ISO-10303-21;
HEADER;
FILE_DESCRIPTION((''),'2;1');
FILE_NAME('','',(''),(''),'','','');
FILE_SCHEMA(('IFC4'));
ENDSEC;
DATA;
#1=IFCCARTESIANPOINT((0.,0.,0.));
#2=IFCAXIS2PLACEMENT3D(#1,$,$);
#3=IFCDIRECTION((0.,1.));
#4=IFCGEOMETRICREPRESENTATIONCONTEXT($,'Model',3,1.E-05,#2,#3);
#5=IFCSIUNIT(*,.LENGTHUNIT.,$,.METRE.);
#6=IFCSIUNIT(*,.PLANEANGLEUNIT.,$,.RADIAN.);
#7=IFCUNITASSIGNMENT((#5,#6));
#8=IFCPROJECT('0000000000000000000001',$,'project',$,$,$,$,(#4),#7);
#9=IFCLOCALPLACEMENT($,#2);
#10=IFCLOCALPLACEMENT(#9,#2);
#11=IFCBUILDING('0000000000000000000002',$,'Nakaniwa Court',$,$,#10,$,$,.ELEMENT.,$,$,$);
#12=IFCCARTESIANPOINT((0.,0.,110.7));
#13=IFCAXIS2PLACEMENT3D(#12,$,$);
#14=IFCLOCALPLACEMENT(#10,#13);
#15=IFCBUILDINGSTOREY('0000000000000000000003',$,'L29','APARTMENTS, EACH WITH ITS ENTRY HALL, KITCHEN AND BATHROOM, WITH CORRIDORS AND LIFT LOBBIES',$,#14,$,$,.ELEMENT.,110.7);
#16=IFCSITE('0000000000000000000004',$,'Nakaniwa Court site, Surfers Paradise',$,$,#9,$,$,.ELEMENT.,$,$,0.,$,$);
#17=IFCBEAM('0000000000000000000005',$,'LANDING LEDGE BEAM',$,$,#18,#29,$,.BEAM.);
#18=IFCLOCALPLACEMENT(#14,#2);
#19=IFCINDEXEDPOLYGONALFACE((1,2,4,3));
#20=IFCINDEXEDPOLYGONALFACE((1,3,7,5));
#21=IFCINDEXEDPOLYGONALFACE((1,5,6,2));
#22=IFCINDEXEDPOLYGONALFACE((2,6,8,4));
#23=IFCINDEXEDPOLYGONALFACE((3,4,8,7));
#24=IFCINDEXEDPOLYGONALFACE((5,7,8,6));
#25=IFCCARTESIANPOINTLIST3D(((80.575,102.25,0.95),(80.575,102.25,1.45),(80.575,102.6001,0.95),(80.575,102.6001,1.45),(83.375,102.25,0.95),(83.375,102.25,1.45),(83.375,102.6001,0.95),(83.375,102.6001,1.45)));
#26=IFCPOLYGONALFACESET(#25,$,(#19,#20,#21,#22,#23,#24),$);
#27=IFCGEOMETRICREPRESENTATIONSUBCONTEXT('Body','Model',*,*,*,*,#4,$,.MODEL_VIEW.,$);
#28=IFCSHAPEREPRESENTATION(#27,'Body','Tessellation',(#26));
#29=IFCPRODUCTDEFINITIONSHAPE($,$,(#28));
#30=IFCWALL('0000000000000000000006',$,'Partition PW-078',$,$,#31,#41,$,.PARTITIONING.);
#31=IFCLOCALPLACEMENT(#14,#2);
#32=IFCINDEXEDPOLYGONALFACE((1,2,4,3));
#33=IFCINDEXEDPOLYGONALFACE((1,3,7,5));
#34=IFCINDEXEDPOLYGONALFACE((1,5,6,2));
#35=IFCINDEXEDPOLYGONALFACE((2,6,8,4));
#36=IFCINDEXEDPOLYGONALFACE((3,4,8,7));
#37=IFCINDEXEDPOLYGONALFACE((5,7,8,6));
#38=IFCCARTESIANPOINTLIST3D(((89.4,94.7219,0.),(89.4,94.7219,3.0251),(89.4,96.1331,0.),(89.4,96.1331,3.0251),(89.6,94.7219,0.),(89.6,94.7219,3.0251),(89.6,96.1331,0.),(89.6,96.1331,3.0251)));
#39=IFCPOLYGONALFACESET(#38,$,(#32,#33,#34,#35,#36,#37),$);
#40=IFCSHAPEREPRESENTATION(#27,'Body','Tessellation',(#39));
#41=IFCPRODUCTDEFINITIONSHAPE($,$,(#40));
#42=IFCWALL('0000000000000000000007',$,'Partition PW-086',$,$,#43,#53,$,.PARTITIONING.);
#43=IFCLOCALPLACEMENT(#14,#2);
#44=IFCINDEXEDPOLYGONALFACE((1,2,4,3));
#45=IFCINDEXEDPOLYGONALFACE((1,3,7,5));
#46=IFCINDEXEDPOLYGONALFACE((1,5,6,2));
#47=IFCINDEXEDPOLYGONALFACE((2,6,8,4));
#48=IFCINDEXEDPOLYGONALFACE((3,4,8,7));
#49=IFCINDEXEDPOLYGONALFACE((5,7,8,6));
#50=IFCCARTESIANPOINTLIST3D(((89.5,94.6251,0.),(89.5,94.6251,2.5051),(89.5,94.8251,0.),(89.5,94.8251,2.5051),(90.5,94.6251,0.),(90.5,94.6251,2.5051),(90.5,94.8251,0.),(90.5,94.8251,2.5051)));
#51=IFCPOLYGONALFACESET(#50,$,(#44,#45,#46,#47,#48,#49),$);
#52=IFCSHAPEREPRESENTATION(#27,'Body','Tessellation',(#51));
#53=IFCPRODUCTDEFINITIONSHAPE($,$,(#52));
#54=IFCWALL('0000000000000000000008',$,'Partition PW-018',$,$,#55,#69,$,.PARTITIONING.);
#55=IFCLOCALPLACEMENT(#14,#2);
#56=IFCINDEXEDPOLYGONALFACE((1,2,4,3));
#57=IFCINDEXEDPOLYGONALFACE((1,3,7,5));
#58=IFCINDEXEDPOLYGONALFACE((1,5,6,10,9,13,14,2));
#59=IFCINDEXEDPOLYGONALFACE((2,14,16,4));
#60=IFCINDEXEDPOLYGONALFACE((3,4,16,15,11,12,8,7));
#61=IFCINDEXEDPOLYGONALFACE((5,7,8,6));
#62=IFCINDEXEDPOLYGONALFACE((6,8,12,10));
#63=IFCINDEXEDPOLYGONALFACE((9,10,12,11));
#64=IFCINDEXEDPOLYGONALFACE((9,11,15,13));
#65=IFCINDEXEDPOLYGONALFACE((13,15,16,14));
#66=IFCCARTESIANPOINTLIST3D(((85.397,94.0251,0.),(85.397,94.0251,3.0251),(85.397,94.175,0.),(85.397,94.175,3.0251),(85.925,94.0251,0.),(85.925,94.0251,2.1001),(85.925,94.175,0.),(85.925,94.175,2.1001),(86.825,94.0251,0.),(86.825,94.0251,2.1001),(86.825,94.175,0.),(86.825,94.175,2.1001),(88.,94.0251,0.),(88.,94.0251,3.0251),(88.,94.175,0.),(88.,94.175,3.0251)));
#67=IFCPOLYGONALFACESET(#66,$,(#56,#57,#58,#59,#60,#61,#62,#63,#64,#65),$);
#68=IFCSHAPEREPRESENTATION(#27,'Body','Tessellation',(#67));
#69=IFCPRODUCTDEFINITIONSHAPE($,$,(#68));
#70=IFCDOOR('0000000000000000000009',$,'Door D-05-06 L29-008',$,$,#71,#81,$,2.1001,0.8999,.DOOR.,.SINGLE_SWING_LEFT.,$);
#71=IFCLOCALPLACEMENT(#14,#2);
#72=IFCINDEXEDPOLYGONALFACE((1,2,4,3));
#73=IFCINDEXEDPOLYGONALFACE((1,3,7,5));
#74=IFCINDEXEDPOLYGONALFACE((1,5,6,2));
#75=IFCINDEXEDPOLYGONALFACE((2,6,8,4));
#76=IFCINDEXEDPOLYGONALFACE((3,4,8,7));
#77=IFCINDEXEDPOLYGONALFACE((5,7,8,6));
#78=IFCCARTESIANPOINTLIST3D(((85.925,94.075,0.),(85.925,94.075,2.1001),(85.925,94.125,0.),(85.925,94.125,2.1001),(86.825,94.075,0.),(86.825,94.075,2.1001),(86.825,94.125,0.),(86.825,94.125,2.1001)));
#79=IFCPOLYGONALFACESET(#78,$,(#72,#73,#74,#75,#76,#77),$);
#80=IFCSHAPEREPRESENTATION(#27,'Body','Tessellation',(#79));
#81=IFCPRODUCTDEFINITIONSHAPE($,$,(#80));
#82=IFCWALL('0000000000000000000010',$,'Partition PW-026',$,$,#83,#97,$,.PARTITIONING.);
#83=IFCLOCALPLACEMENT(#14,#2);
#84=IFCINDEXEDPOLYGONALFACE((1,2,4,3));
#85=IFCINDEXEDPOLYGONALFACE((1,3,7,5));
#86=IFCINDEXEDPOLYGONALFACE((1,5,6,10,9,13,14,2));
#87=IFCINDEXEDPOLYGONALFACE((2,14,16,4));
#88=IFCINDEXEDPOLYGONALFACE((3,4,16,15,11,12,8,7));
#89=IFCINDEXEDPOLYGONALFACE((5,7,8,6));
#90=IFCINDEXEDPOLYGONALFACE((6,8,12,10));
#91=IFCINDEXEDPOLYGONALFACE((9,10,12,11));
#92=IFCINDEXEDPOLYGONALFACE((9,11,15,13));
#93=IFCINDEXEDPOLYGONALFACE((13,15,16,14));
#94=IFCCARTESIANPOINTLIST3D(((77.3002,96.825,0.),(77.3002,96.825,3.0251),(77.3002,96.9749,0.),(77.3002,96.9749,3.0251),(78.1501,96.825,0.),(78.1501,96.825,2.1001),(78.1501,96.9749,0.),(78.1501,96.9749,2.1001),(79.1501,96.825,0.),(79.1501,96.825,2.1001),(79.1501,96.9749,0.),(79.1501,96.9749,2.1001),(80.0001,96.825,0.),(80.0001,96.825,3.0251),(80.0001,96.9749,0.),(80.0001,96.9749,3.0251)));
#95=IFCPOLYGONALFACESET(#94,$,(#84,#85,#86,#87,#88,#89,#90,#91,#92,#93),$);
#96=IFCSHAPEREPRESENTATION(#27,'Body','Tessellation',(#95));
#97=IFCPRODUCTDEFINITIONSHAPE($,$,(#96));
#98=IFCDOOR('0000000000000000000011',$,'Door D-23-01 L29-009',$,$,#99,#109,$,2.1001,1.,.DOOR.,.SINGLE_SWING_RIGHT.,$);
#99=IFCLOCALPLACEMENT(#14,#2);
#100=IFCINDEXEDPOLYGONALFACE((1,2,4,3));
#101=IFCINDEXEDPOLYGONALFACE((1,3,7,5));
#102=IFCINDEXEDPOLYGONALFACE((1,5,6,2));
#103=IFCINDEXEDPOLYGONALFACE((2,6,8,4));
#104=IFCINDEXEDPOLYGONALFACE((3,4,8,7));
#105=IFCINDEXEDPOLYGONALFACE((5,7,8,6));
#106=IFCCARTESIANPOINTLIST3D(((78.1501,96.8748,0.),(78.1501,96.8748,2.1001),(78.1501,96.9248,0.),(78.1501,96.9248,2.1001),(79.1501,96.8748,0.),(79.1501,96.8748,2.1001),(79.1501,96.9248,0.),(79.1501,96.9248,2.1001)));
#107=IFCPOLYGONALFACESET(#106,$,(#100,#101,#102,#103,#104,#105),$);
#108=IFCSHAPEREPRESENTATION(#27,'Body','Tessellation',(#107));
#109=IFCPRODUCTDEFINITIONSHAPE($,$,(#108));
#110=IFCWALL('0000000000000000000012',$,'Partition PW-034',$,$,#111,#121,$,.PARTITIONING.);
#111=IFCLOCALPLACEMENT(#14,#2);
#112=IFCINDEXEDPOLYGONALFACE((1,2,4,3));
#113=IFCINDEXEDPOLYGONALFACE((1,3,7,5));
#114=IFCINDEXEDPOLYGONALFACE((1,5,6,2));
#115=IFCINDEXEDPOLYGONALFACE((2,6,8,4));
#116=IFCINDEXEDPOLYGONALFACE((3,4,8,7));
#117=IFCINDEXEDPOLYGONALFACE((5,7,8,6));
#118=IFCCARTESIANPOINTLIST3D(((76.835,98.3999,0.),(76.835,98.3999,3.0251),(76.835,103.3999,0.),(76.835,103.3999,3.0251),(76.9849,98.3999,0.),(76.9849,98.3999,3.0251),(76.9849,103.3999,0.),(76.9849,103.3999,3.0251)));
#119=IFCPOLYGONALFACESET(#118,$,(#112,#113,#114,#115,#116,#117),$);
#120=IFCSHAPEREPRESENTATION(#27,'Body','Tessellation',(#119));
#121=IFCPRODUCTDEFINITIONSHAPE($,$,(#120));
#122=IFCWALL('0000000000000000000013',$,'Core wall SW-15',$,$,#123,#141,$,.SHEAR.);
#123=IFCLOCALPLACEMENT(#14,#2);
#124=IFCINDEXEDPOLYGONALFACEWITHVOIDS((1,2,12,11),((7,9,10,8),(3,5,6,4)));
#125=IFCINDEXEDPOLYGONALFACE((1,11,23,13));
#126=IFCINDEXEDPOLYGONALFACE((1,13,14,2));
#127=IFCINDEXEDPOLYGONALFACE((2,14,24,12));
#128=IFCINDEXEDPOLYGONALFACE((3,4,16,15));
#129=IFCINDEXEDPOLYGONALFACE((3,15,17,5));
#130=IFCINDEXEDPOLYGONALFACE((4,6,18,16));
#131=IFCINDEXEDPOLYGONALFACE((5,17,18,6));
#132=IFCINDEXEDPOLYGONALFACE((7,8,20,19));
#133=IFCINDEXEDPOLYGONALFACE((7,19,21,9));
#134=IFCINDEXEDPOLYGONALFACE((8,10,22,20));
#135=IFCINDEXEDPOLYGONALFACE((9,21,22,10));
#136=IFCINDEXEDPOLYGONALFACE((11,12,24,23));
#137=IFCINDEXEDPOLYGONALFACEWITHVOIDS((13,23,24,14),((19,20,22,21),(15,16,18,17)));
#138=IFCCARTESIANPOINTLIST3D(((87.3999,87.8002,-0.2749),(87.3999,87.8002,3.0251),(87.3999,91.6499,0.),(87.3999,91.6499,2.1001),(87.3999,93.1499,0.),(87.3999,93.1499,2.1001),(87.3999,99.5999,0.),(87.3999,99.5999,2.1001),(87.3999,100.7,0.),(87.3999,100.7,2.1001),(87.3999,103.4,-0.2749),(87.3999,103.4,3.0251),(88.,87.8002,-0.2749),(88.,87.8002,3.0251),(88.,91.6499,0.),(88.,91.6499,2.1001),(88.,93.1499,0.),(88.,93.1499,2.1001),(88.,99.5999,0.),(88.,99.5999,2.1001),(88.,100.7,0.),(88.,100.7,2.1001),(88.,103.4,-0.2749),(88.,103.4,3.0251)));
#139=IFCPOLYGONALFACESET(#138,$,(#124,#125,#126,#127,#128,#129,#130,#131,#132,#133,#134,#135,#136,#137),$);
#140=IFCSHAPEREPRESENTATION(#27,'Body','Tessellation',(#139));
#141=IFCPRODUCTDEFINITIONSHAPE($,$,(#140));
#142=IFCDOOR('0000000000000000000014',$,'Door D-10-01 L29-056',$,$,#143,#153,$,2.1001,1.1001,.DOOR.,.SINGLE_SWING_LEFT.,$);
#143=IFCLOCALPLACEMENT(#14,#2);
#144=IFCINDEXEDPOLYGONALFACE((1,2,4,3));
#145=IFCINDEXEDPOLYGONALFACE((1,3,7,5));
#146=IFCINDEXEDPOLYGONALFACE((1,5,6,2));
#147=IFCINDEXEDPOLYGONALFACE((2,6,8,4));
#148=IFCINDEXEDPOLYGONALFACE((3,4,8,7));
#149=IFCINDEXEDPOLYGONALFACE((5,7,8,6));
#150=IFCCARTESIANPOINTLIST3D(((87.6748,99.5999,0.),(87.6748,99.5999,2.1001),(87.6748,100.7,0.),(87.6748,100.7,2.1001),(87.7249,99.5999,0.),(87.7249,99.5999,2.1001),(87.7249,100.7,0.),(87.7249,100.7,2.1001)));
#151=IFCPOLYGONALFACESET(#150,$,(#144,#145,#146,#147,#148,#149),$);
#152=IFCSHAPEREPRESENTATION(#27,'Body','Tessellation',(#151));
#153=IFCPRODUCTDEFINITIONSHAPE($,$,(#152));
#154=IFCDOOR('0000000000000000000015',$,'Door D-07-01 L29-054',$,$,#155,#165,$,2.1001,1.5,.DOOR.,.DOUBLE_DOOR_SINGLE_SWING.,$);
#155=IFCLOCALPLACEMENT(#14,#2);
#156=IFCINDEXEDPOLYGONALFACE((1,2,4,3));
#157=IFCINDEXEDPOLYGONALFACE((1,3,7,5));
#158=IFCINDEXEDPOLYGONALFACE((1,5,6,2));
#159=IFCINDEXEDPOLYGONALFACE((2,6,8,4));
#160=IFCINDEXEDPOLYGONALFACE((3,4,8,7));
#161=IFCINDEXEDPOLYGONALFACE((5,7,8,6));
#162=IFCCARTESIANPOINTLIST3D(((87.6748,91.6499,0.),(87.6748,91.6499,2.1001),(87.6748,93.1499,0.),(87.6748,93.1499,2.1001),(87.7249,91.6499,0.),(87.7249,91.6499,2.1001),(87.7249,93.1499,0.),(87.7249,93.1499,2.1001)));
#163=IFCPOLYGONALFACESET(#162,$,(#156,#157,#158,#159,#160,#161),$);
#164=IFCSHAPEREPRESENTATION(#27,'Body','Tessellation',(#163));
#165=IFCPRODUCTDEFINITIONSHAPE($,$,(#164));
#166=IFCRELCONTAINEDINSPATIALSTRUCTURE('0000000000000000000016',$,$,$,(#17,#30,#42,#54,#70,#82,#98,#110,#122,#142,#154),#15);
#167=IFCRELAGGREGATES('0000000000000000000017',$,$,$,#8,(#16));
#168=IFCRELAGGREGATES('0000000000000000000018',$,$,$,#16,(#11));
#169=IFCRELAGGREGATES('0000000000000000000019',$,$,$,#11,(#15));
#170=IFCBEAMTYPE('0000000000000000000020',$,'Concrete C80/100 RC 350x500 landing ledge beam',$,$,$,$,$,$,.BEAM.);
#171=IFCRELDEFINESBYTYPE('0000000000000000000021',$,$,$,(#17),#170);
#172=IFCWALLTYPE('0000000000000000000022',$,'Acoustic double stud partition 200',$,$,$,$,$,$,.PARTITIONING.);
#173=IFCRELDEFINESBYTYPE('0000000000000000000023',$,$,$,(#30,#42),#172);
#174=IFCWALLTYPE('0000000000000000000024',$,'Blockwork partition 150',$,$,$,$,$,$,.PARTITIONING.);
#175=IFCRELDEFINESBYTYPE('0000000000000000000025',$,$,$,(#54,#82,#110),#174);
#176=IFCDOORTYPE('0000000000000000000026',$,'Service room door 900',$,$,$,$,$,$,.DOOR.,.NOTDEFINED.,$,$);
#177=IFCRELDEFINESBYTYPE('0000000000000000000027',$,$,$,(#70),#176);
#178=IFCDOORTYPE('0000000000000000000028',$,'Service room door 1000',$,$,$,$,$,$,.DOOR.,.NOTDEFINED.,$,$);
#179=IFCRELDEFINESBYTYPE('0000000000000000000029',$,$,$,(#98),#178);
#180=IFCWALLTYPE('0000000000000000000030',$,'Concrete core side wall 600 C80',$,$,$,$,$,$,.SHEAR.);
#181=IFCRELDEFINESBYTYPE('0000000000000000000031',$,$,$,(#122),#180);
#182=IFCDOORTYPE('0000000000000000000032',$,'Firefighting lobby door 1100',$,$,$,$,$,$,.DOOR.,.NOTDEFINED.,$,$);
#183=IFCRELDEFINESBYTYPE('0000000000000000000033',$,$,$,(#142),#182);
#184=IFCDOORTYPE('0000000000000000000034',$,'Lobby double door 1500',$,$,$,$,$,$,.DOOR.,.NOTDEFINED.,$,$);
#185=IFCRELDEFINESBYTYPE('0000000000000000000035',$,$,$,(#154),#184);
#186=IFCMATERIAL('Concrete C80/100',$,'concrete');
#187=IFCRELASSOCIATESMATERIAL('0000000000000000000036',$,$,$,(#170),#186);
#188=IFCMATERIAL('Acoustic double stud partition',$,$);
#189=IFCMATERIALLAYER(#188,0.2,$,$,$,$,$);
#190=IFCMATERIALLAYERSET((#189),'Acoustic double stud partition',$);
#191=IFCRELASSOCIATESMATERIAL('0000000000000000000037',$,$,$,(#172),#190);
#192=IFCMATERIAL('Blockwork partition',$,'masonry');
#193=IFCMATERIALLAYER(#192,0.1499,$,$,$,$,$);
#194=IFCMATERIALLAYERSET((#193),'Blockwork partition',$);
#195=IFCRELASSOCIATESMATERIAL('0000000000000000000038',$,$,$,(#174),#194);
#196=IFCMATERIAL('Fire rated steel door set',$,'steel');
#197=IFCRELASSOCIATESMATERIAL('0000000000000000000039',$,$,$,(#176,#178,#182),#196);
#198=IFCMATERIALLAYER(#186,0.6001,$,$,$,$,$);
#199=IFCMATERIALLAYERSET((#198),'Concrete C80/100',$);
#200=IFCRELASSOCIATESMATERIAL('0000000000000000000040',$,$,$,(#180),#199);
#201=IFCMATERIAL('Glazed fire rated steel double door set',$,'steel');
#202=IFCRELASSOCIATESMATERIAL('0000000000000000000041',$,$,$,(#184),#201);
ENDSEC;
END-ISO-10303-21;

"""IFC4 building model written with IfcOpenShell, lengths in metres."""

from ifc_helpers import new_model, si_unit, direction, frame, frame_2d, origin, origin_2d, place, context, subcontext, project, spatial, rectangle, extrude, material, layer, layer_set, material_profile, profile_set, type_object, element, fill, save


model = new_model("IFC4")

# Units and contexts
model_context = context("Model", 3, precision=1e-05, world=origin(), true_north=direction((0.0, 1.0)))
body_context = subcontext(model_context, "Body", "Model", "MODEL_VIEW")
ifc_project = project(units=[si_unit("LENGTHUNIT", "METRE"), si_unit("PLANEANGLEUNIT", "RADIAN")], contexts=[model_context])

# Site, building, storey
site_placement = place(None, origin())
site = spatial("IfcSite", under=ifc_project, at=site_placement, Name="Nakaniwa Court site, Surfers Paradise", CompositionType="ELEMENT", RefElevation=0.0)
building_placement = place(site_placement, origin())
building = spatial("IfcBuilding", under=site, at=building_placement, Name="Nakaniwa Court", CompositionType="ELEMENT")
storey_placement = place(building_placement, frame((0.0, 0.0, 110.7)))
storey = spatial("IfcBuildingStorey", under=building, at=storey_placement, Name="L29", Description="APARTMENTS, EACH WITH ITS ENTRY HALL, KITCHEN AND BATHROOM, WITH CORRIDORS AND LIFT LOBBIES", CompositionType="ELEMENT", Elevation=110.7)

# Beam
ifc_material_1 = material(Name="Concrete C80/100", Category="concrete")
ifc_material_profile = material_profile(ifc_material_1, rectangle(XDim=0.3501, YDim=0.5, at=origin_2d()), Name="Concrete C80/100 RC 350x500 landing ledge beam")
ifc_profile_set = profile_set([ifc_material_profile], Name="Concrete C80/100")
beam_type = type_object("IfcBeamType", Name="Concrete C80/100 RC 350x500 landing ledge beam", PredefinedType="BEAM", material=ifc_profile_set)
beam_placement = place(storey_placement, frame((80.575, 102.425, 1.2), z_axis=(1.0, 0.0, 0.0), x_axis=(0.0, 1.0, 0.0)))
element("IfcBeam", 1, at=beam_placement, inside=storey, type_object=beam_type, Name="LANDING LEDGE BEAM", PredefinedType="BEAM", context=body_context, shape_type="SweptSolid", body=[
    extrude(rectangle(XDim=0.3501, YDim=0.5, at=origin_2d()), origin(), (0.0, 0.0, 1.0), 2.8),
])

# Walls
ifc_material_2 = material(Name="Acoustic double stud partition")
ifc_layer_1 = layer(ifc_material_2, 0.2)
ifc_layer_set_1 = layer_set([ifc_layer_1], Name="Acoustic double stud partition")
wall_type_1 = type_object("IfcWallType", Name="Acoustic double stud partition 200", PredefinedType="PARTITIONING", material=ifc_layer_set_1)
wall_1_placement = place(storey_placement, frame((89.5, 94.7219, 0.0), z_axis=(0.0, 0.0, 1.0), x_axis=(0.0, 1.0, 0.0)))
element("IfcWall", 2, at=wall_1_placement, inside=storey, type_object=wall_type_1, Name="Partition PW-078", PredefinedType="PARTITIONING", context=body_context, shape_type="SweptSolid", body=[
    extrude(rectangle(XDim=1.4111, YDim=0.2, at=frame_2d((0.7056, 0.0))), origin(), (0.0, 0.0, 1.0), 3.0251),
])
wall_2_placement = place(storey_placement, frame((89.5, 94.7251, 0.0), z_axis=(0.0, 0.0, 1.0), x_axis=(1.0, 0.0, 0.0)))
element("IfcWall", 3, at=wall_2_placement, inside=storey, type_object=wall_type_1, Name="Partition PW-086", PredefinedType="PARTITIONING", context=body_context, shape_type="SweptSolid", body=[
    extrude(rectangle(XDim=1.0, YDim=0.2, at=frame_2d((0.5, 0.0))), origin(), (0.0, 0.0, 1.0), 2.5051),
])

# Walls, openings, doors
ifc_material_3 = material(Name="Blockwork partition", Category="masonry")
ifc_layer_2 = layer(ifc_material_3, 0.1499)
ifc_layer_set_2 = layer_set([ifc_layer_2], Name="Blockwork partition")
wall_type_2 = type_object("IfcWallType", Name="Blockwork partition 150", PredefinedType="PARTITIONING", material=ifc_layer_set_2)
wall_3_placement = place(storey_placement, frame((85.397, 94.1001, 0.0), z_axis=(0.0, 0.0, 1.0), x_axis=(1.0, 0.0, 0.0)))
wall_3 = element("IfcWall", 4, at=wall_3_placement, inside=storey, type_object=wall_type_2, Name="Partition PW-018", PredefinedType="PARTITIONING", context=body_context, shape_type="SweptSolid", body=[
    extrude(rectangle(XDim=2.603, YDim=0.1499, at=frame_2d((1.3015, 0.0))), origin(), (0.0, 0.0, 1.0), 3.0251),
])
opening_1_placement = place(wall_3_placement, frame((0.5281, 0.0, 0.0)))
opening_1 = element("IfcOpeningElement", 5, at=opening_1_placement, cuts=wall_3, PredefinedType="OPENING", context=body_context, shape_type="SweptSolid", body=[
    extrude(rectangle(XDim=0.8999, YDim=2.1001, at=frame_2d((0.45, 1.05))), frame((0.0, 0.085, 0.0), z_axis=(0.0, -1.0, 0.0), x_axis=(1.0, 0.0, 0.0)), (0.0, 0.0, 1.0), 0.1699),
])
ifc_material_4 = material(Name="Fire rated steel door set", Category="steel")
door_type_1 = type_object("IfcDoorType", Name="Service room door 900", OperationType="NOTDEFINED", PredefinedType="DOOR", material=ifc_material_4)
door_1_placement = place(opening_1_placement, origin())
door_1 = element("IfcDoor", 6, at=door_1_placement, inside=storey, type_object=door_type_1, Name="Door D-05-06 L29-008", OperationType="SINGLE_SWING_LEFT", OverallHeight=2.1001, OverallWidth=0.8999, PredefinedType="DOOR", context=body_context, shape_type="SweptSolid", body=[
    extrude(rectangle(XDim=0.8999, YDim=2.1001, at=frame_2d((0.45, 1.05))), frame((0.0, 0.0249, 0.0), z_axis=(0.0, -1.0, 0.0), x_axis=(1.0, 0.0, 0.0)), (0.0, 0.0, 1.0), 0.05),
])
fill(opening_1, door_1)
wall_4_placement = place(storey_placement, frame((77.3, 96.8999, 0.0), z_axis=(0.0, 0.0, 1.0), x_axis=(1.0, 0.0, 0.0)))
wall_4 = element("IfcWall", 7, at=wall_4_placement, inside=storey, type_object=wall_type_2, Name="Partition PW-026", PredefinedType="PARTITIONING", context=body_context, shape_type="SweptSolid", body=[
    extrude(rectangle(XDim=2.7, YDim=0.1499, at=frame_2d((1.3501, 0.0))), origin(), (0.0, 0.0, 1.0), 3.0251),
])
opening_2_placement = place(wall_4_placement, frame((0.8501, 0.0, 0.0)))
opening_2 = element("IfcOpeningElement", 8, at=opening_2_placement, cuts=wall_4, PredefinedType="OPENING", context=body_context, shape_type="SweptSolid", body=[
    extrude(rectangle(XDim=1.0, YDim=2.1001, at=frame_2d((0.5, 1.05))), frame((0.0, 0.085, 0.0), z_axis=(0.0, -1.0, 0.0), x_axis=(1.0, 0.0, 0.0)), (0.0, 0.0, 1.0), 0.1699),
])
door_type_2 = type_object("IfcDoorType", Name="Service room door 1000", OperationType="NOTDEFINED", PredefinedType="DOOR", material=ifc_material_4)
door_2_placement = place(opening_2_placement, origin())
door_2 = element("IfcDoor", 9, at=door_2_placement, inside=storey, type_object=door_type_2, Name="Door D-23-01 L29-009", OperationType="SINGLE_SWING_RIGHT", OverallHeight=2.1001, OverallWidth=1.0, PredefinedType="DOOR", context=body_context, shape_type="SweptSolid", body=[
    extrude(rectangle(XDim=1.0, YDim=2.1001, at=frame_2d((0.5, 1.05))), frame((0.0, 0.0249, 0.0), z_axis=(0.0, -1.0, 0.0), x_axis=(1.0, 0.0, 0.0)), (0.0, 0.0, 1.0), 0.05),
])
fill(opening_2, door_2)

# Wall
wall_5_placement = place(storey_placement, frame((76.9099, 98.3999, 0.0), z_axis=(0.0, 0.0, 1.0), x_axis=(0.0, 1.0, 0.0)))
element("IfcWall", 10, at=wall_5_placement, inside=storey, type_object=wall_type_2, Name="Partition PW-034", PredefinedType="PARTITIONING", context=body_context, shape_type="SweptSolid", body=[
    extrude(rectangle(XDim=5.0, YDim=0.1499, at=frame_2d((2.5, 0.0))), origin(), (0.0, 0.0, 1.0), 3.0251),
])

# Wall, openings, doors
ifc_layer_3 = layer(ifc_material_1, 0.6001)
ifc_layer_set_3 = layer_set([ifc_layer_3], Name="Concrete C80/100")
wall_type_3 = type_object("IfcWallType", Name="Concrete core side wall 600 C80", PredefinedType="SHEAR", material=ifc_layer_set_3)
wall_6_placement = place(storey_placement, frame((87.7, 103.3999, -0.2749), z_axis=(0.0, 0.0, 1.0), x_axis=(0.0, -1.0, 0.0)))
wall_6 = element("IfcWall", 11, at=wall_6_placement, inside=storey, type_object=wall_type_3, Name="Core wall SW-15", PredefinedType="SHEAR", context=body_context, shape_type="SweptSolid", body=[
    extrude(rectangle(XDim=15.5999, YDim=0.6001, at=frame_2d((7.7998, 0.0))), origin(), (0.0, 0.0, 1.0), 3.3),
])
opening_3_placement = place(wall_6_placement, frame((10.25, 0.0, 0.2749)))
opening_3 = element("IfcOpeningElement", 12, at=opening_3_placement, cuts=wall_6, PredefinedType="OPENING", context=body_context, shape_type="SweptSolid", body=[
    extrude(rectangle(XDim=1.5, YDim=2.1001, at=frame_2d((0.75, 1.05))), frame((0.0, 0.3101, 0.0), z_axis=(0.0, -1.0, 0.0), x_axis=(1.0, 0.0, 0.0)), (0.0, 0.0, 1.0), 0.6201),
])
opening_4_placement = place(wall_6_placement, frame((2.7, 0.0, 0.2749)))
opening_4 = element("IfcOpeningElement", 13, at=opening_4_placement, cuts=wall_6, PredefinedType="OPENING", context=body_context, shape_type="SweptSolid", body=[
    extrude(rectangle(XDim=1.1001, YDim=2.1001, at=frame_2d((0.55, 1.05))), frame((0.0, 0.3101, 0.0), z_axis=(0.0, -1.0, 0.0), x_axis=(1.0, 0.0, 0.0)), (0.0, 0.0, 1.0), 0.6201),
])
door_type_3 = type_object("IfcDoorType", Name="Firefighting lobby door 1100", OperationType="NOTDEFINED", PredefinedType="DOOR", material=ifc_material_4)
door_3_placement = place(opening_4_placement, origin())
door_3 = element("IfcDoor", 14, at=door_3_placement, inside=storey, type_object=door_type_3, Name="Door D-10-01 L29-056", OperationType="SINGLE_SWING_LEFT", OverallHeight=2.1001, OverallWidth=1.1001, PredefinedType="DOOR", context=body_context, shape_type="SweptSolid", body=[
    extrude(rectangle(XDim=1.1001, YDim=2.1001, at=frame_2d((0.55, 1.05))), frame((0.0, 0.0249, 0.0), z_axis=(0.0, -1.0, 0.0), x_axis=(1.0, 0.0, 0.0)), (0.0, 0.0, 1.0), 0.05),
])
fill(opening_4, door_3)
ifc_material_5 = material(Name="Glazed fire rated steel double door set", Category="steel")
door_type_4 = type_object("IfcDoorType", Name="Lobby double door 1500", OperationType="NOTDEFINED", PredefinedType="DOOR", material=ifc_material_5)
door_4_placement = place(opening_3_placement, origin())
door_4 = element("IfcDoor", 15, at=door_4_placement, inside=storey, type_object=door_type_4, Name="Door D-07-01 L29-054", OperationType="DOUBLE_DOOR_SINGLE_SWING", OverallHeight=2.1001, OverallWidth=1.5, PredefinedType="DOOR", context=body_context, shape_type="SweptSolid", body=[
    extrude(rectangle(XDim=1.5, YDim=2.1001, at=frame_2d((0.75, 1.05))), frame((0.0, 0.0249, 0.0), z_axis=(0.0, -1.0, 0.0), x_axis=(1.0, 0.0, 0.0)), (0.0, 0.0, 1.0), 0.05),
])
fill(opening_3, door_4)

save(model, "model.ifc")
